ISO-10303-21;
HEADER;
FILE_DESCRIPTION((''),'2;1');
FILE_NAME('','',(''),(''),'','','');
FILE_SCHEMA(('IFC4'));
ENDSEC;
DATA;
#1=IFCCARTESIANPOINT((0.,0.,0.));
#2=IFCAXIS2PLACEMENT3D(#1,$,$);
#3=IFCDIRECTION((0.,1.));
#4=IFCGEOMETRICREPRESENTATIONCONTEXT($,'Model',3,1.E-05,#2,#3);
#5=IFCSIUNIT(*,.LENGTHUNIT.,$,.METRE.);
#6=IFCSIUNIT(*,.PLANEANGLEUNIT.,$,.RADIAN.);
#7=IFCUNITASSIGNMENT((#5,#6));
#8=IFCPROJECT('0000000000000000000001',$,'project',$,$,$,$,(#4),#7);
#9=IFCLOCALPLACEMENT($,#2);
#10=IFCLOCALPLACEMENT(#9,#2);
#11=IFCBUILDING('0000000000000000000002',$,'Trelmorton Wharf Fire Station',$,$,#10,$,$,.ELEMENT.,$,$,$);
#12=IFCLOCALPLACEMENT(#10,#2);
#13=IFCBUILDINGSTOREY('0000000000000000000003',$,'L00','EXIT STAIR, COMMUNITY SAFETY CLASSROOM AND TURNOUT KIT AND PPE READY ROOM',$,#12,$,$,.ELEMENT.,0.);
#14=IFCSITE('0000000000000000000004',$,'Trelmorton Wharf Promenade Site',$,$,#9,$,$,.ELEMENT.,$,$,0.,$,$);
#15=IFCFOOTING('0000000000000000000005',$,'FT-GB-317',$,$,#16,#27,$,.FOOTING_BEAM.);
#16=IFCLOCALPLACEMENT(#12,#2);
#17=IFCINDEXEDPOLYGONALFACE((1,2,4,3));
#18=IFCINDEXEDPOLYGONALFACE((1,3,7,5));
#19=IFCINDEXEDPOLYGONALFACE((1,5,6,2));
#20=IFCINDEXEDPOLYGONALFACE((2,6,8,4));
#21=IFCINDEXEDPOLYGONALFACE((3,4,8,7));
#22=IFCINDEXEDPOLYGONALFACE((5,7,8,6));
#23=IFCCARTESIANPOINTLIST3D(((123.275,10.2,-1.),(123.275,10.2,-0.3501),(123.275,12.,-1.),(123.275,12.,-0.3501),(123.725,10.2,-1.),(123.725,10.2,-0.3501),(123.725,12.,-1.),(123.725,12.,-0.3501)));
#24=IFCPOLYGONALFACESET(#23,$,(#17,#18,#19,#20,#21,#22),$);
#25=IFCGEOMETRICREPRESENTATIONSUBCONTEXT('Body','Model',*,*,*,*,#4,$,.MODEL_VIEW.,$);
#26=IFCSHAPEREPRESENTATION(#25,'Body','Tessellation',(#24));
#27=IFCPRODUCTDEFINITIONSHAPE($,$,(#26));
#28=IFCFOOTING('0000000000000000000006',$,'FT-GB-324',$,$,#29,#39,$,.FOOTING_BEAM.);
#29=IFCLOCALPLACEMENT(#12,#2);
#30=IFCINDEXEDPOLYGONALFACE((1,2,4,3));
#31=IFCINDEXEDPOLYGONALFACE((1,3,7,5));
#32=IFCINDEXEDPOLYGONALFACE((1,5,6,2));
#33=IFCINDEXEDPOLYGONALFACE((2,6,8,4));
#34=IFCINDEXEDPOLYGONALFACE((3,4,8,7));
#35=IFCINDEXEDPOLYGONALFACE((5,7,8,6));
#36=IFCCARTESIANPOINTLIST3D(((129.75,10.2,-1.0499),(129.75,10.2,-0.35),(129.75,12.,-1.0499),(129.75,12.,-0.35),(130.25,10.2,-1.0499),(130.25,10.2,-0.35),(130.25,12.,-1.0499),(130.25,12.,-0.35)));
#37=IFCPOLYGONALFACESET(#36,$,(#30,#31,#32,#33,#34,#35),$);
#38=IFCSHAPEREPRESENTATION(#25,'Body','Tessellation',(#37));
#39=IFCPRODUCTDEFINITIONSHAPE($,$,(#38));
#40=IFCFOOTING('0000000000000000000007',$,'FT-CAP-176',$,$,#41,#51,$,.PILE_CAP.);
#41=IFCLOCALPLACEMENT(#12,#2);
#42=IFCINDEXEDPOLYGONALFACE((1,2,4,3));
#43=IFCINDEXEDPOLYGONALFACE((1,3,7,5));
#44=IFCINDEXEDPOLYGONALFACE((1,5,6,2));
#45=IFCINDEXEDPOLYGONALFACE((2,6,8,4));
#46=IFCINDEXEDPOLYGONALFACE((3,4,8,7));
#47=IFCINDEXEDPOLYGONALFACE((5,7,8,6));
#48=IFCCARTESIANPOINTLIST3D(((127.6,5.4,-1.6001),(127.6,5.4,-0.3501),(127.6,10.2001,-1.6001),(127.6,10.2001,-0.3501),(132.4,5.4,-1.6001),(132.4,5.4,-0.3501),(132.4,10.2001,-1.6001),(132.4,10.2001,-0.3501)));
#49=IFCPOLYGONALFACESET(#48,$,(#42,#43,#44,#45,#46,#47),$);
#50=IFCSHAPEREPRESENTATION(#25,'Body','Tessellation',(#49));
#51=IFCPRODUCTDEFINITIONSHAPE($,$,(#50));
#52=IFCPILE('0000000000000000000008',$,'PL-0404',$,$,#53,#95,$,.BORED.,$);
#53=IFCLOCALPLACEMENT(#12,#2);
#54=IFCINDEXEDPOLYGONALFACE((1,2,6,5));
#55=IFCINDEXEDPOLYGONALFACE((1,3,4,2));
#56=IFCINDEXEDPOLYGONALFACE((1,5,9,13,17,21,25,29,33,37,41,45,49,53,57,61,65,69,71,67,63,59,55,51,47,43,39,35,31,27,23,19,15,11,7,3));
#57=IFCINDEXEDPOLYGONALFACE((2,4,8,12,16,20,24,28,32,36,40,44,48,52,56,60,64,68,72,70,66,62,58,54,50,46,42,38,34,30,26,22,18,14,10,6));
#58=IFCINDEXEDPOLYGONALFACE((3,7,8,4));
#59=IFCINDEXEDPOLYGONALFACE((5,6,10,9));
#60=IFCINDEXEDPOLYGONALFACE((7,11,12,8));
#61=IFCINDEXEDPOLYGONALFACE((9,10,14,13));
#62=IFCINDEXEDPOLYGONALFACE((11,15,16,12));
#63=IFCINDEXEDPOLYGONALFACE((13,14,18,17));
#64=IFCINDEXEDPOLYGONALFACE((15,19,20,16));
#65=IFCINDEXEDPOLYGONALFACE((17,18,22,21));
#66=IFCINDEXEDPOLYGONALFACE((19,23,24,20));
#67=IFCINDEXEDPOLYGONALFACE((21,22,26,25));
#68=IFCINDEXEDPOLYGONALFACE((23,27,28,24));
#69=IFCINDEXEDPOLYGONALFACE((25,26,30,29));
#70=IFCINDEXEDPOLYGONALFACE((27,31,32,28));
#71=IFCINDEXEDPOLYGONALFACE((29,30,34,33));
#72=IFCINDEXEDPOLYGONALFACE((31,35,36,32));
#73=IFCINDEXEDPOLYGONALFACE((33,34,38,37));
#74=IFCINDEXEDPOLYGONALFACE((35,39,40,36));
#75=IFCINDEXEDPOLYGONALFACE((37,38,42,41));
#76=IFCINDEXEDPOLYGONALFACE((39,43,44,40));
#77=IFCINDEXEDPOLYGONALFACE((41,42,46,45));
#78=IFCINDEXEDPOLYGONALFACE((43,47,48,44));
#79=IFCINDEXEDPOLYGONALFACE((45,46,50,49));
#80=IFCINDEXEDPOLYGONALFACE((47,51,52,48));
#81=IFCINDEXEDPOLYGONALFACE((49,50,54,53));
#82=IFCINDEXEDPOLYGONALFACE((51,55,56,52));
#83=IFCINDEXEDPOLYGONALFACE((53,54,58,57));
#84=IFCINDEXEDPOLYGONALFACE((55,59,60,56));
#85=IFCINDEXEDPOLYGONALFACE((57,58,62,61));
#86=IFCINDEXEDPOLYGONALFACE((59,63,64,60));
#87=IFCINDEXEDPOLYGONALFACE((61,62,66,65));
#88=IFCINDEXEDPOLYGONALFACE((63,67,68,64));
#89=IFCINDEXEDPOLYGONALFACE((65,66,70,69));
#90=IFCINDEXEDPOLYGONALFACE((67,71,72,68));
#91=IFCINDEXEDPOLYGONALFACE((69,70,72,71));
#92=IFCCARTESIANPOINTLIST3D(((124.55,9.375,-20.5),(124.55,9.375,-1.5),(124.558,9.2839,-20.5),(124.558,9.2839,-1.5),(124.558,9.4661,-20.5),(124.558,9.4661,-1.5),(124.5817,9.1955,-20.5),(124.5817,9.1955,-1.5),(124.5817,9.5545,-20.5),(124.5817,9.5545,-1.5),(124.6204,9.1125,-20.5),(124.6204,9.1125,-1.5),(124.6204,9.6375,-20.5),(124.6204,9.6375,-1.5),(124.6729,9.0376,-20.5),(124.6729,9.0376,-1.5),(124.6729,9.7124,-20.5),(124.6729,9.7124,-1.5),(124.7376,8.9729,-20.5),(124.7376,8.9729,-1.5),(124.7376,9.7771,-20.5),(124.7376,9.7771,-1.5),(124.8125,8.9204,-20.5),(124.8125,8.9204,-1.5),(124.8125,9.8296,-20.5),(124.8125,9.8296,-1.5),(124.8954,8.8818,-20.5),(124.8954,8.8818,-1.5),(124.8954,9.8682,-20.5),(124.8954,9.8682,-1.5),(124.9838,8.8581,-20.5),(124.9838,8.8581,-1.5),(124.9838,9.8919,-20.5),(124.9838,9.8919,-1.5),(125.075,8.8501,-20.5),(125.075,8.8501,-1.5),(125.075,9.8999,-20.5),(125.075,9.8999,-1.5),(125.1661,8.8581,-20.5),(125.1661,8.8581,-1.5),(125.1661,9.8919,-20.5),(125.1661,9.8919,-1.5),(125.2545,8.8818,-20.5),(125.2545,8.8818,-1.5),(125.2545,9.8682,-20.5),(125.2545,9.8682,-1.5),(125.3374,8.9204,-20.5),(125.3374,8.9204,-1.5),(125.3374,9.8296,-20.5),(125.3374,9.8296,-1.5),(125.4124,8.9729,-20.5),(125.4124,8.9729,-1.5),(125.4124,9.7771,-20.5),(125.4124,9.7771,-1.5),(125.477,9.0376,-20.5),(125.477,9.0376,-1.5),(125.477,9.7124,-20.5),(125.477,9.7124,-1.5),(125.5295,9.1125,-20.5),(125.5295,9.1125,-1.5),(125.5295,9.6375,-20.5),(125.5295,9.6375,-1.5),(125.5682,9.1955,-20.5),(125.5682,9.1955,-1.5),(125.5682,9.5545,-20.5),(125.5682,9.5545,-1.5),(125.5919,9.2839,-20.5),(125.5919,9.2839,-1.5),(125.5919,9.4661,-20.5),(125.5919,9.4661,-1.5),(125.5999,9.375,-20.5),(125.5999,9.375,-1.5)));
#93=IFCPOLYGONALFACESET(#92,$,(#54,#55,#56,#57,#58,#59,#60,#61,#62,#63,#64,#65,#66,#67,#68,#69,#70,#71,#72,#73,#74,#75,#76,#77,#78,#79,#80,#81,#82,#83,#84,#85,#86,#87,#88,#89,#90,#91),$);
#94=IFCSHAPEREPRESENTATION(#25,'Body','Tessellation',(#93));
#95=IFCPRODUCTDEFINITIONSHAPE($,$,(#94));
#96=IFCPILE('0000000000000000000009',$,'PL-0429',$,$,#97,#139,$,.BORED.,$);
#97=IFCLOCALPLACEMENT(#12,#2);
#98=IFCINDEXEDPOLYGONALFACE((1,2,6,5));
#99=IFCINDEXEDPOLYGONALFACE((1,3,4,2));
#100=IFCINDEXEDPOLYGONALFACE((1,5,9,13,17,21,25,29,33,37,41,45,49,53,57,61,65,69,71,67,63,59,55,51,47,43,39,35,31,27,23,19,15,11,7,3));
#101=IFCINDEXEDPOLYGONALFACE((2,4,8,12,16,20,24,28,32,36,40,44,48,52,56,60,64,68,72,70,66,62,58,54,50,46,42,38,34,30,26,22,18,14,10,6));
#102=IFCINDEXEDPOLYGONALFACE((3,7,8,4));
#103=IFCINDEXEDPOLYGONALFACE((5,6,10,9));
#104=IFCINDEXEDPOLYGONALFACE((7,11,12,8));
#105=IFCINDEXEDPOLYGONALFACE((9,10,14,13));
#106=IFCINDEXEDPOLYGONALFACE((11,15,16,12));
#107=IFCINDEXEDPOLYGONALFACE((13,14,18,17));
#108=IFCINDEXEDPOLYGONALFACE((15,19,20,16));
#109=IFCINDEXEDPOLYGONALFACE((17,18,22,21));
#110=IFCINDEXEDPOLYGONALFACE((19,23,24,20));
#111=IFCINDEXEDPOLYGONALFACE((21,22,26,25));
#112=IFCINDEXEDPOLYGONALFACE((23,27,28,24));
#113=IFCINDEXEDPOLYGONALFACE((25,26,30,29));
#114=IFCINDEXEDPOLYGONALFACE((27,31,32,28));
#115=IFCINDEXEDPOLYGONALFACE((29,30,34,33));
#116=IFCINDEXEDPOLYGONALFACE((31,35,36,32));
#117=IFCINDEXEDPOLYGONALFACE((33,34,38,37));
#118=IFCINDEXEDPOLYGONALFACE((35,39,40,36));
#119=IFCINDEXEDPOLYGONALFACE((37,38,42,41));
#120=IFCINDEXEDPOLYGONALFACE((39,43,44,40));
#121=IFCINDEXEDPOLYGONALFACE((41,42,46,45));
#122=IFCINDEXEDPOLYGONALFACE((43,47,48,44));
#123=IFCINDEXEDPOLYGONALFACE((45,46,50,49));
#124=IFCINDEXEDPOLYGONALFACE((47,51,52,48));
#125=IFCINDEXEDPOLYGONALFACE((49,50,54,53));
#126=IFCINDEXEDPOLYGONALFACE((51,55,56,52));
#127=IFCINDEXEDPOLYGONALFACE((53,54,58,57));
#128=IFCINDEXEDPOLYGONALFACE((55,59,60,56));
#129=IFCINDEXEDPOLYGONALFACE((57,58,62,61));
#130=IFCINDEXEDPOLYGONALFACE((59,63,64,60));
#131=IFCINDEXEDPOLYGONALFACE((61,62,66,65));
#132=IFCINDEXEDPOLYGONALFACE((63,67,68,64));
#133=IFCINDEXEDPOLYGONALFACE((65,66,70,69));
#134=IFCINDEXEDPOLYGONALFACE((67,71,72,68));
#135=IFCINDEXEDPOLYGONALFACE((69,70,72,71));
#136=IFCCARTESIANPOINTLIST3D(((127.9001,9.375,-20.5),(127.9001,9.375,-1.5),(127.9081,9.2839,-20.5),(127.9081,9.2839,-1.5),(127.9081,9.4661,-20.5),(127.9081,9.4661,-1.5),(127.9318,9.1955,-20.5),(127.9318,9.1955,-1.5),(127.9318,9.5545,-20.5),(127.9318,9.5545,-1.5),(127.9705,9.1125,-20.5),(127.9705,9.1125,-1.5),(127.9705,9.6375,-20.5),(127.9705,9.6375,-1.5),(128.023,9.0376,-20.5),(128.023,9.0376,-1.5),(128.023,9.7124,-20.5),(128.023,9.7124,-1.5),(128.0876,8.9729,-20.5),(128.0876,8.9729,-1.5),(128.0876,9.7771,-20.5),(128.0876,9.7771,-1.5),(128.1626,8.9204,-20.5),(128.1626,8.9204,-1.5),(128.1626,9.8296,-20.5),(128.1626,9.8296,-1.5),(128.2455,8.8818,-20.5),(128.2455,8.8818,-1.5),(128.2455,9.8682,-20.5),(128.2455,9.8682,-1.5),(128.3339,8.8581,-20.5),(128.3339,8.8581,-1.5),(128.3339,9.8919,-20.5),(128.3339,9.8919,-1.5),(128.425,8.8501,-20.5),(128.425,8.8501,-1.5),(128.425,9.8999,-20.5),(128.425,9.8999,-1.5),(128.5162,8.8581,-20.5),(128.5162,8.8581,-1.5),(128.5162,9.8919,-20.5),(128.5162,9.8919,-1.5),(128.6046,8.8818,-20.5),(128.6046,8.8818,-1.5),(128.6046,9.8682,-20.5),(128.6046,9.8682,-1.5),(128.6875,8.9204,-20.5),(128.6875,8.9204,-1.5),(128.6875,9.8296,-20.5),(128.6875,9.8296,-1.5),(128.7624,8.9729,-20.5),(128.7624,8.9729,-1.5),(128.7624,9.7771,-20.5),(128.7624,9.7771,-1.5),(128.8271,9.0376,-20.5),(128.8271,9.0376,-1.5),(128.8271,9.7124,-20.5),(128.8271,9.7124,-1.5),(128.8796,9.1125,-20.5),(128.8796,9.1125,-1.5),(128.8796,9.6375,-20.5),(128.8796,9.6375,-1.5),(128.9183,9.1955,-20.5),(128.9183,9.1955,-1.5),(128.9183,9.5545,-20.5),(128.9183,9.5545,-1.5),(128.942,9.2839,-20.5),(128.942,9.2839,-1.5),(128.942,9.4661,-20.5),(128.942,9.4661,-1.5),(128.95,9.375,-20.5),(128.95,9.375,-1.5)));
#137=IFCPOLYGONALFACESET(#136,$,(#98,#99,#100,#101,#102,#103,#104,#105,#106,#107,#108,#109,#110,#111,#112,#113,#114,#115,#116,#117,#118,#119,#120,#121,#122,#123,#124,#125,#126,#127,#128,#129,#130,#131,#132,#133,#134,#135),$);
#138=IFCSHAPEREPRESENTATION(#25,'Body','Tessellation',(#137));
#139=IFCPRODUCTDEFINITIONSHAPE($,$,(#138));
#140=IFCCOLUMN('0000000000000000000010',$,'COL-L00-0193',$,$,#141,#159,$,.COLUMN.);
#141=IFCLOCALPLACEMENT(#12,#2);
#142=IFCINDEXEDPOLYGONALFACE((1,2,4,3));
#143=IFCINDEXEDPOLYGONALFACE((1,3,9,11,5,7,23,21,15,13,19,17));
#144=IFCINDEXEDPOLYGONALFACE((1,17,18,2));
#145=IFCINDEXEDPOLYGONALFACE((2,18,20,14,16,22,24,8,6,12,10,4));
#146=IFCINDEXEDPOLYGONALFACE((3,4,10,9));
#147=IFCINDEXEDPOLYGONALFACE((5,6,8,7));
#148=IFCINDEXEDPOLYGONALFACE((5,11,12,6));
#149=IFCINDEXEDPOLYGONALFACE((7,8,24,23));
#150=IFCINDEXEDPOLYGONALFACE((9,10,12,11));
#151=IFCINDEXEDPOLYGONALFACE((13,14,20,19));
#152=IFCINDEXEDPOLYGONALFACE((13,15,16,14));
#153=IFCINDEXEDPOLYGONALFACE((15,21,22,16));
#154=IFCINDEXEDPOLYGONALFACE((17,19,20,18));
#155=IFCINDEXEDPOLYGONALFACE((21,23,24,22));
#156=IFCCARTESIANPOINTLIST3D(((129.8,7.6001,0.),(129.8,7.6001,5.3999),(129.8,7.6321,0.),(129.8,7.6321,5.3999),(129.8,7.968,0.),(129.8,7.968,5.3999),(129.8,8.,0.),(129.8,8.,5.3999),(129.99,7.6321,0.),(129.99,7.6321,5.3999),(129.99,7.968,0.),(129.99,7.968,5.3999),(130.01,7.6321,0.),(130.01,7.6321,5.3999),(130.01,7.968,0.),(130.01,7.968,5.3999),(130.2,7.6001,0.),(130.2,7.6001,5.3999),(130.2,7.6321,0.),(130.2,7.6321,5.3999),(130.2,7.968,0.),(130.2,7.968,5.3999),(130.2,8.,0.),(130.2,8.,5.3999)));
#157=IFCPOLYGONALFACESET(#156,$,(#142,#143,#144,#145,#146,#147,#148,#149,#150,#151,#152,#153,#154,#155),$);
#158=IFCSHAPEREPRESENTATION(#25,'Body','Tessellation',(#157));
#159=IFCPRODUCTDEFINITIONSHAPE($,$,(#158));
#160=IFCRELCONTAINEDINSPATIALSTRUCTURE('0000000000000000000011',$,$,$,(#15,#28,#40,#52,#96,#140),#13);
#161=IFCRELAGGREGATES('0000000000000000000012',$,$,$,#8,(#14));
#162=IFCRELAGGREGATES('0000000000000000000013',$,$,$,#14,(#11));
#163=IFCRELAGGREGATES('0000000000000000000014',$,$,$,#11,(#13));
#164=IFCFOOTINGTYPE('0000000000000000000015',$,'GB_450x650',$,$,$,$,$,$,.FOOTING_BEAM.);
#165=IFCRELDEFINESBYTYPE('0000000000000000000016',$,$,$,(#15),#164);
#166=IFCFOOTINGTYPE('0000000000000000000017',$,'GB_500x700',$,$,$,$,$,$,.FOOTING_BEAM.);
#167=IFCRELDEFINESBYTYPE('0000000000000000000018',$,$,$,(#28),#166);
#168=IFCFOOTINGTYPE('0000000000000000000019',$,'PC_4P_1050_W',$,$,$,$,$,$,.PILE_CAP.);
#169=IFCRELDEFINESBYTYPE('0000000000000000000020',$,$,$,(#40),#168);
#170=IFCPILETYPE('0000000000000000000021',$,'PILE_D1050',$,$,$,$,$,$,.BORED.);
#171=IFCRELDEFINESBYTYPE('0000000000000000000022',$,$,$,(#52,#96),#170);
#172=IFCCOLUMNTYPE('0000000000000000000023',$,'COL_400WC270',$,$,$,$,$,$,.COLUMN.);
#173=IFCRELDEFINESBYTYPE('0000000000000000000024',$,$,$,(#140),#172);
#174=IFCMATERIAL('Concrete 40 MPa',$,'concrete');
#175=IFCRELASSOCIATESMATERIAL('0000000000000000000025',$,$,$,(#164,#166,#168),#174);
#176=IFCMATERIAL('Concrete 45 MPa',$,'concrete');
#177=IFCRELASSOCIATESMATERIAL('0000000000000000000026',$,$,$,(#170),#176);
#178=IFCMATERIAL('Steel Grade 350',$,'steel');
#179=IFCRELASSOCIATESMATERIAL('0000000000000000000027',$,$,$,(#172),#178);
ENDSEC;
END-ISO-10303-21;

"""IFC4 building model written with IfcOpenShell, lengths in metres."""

from ifc_helpers import new_model, si_unit, direction, frame, origin, origin_2d, place, context, subcontext, project, spatial, rectangle, circle, i_section, extrude, material, material_profile, profile_set, type_object, element, save


model = new_model("IFC4")

# Units and contexts
model_context = context("Model", 3, precision=1e-05, world=origin(), true_north=direction((0.0, 1.0)))
body_context = subcontext(model_context, "Body", "Model", "MODEL_VIEW")
ifc_project = project(units=[si_unit("LENGTHUNIT", "METRE"), si_unit("PLANEANGLEUNIT", "RADIAN")], contexts=[model_context])

# Site, building, storey
site_placement = place(None, origin())
site = spatial("IfcSite", under=ifc_project, at=site_placement, Name="Trelmorton Wharf Promenade Site", CompositionType="ELEMENT", RefElevation=0.0)
building_placement = place(site_placement, origin())
building = spatial("IfcBuilding", under=site, at=building_placement, Name="Trelmorton Wharf Fire Station", CompositionType="ELEMENT")
storey_placement = place(building_placement, origin())
storey = spatial("IfcBuildingStorey", under=building, at=storey_placement, Name="L00", Description="EXIT STAIR, COMMUNITY SAFETY CLASSROOM AND TURNOUT KIT AND PPE READY ROOM", CompositionType="ELEMENT", Elevation=0.0)

# Footings
ifc_material_1 = material(Name="Concrete 40 MPa", Category="concrete")
ifc_material_profile_1 = material_profile(ifc_material_1, rectangle(XDim=0.45, YDim=0.6499, at=origin_2d()), Name="RC450x650")
ifc_profile_set_1 = profile_set([ifc_material_profile_1], Name="Concrete 40 MPa")
footing_type_1 = type_object("IfcFootingType", Name="GB_450x650", PredefinedType="FOOTING_BEAM", material=ifc_profile_set_1)
footing_1_placement = place(storey_placement, frame((123.5, 10.2, -0.675), z_axis=(0.0, 1.0, 0.0), x_axis=(-1.0, 0.0, 0.0)))
element("IfcFooting", 1, at=footing_1_placement, inside=storey, type_object=footing_type_1, Name="FT-GB-317", PredefinedType="FOOTING_BEAM", context=body_context, shape_type="SweptSolid", body=[
    extrude(rectangle(XDim=0.45, YDim=0.6499, at=origin_2d()), origin(), (0.0, 0.0, 1.0), 1.8),
])
ifc_material_profile_2 = material_profile(ifc_material_1, rectangle(XDim=0.5, YDim=0.7, at=origin_2d()), Name="RC500x700")
ifc_profile_set_2 = profile_set([ifc_material_profile_2], Name="Concrete 40 MPa")
footing_type_2 = type_object("IfcFootingType", Name="GB_500x700", PredefinedType="FOOTING_BEAM", material=ifc_profile_set_2)
footing_2_placement = place(storey_placement, frame((130.0, 10.2, -0.7), z_axis=(0.0, 1.0, 0.0), x_axis=(-1.0, 0.0, 0.0)))
element("IfcFooting", 2, at=footing_2_placement, inside=storey, type_object=footing_type_2, Name="FT-GB-324", PredefinedType="FOOTING_BEAM", context=body_context, shape_type="SweptSolid", body=[
    extrude(rectangle(XDim=0.5, YDim=0.7, at=origin_2d()), origin(), (0.0, 0.0, 1.0), 1.8),
])
footing_type_3 = type_object("IfcFootingType", Name="PC_4P_1050_W", PredefinedType="PILE_CAP", material=ifc_material_1)
footing_3_placement = place(storey_placement, frame((130.0, 7.8, -1.6001), z_axis=(0.0, 0.0, 1.0), x_axis=(1.0, 0.0, 0.0)))
element("IfcFooting", 3, at=footing_3_placement, inside=storey, type_object=footing_type_3, Name="FT-CAP-176", PredefinedType="PILE_CAP", context=body_context, shape_type="SweptSolid", body=[
    extrude(rectangle(XDim=4.8, YDim=4.8, at=origin_2d()), origin(), (0.0, 0.0, 1.0), 1.25),
])

# Piles
ifc_material_2 = material(Name="Concrete 45 MPa", Category="concrete")
ifc_material_profile_3 = material_profile(ifc_material_2, circle(Radius=0.5249, at=origin_2d()), Name="PILE-D1050")
ifc_profile_set_3 = profile_set([ifc_material_profile_3], Name="Concrete 45 MPa")
pile_type = type_object("IfcPileType", Name="PILE_D1050", PredefinedType="BORED", material=ifc_profile_set_3)
for number, where, z_axis, x_axis, name in (
    (4, (125.075, 9.375, -1.5), (0.0, 0.0, -1.0), (1.0, 0.0, 0.0), "PL-0404"),
    (5, (128.425, 9.375, -1.5), (0.0, 0.0, -1.0), (1.0, 0.0, 0.0), "PL-0429"),
):
    element("IfcPile", number, at=place(storey_placement, frame(where, z_axis=z_axis, x_axis=x_axis)), inside=storey, type_object=pile_type, Name=name, PredefinedType="BORED", context=body_context, shape_type="SweptSolid", body=[
        extrude(circle(Radius=0.5249, at=origin_2d()), origin(), (0.0, 0.0, 1.0), 19.0),
    ])

# Column
ifc_material_3 = material(Name="Steel Grade 350", Category="steel")
ifc_material_profile_4 = material_profile(ifc_material_3, i_section(OverallWidth=0.3999, OverallDepth=0.3999, WebThickness=0.02, FlangeThickness=0.032, at=origin_2d()), Name="400WC270")
ifc_profile_set_4 = profile_set([ifc_material_profile_4], Name="Steel Grade 350")
column_type = type_object("IfcColumnType", Name="COL_400WC270", PredefinedType="COLUMN", material=ifc_profile_set_4)
column_placement = place(storey_placement, frame((130.0, 7.8, 0.0), z_axis=(0.0, 0.0, 1.0), x_axis=(1.0, 0.0, 0.0)))
element("IfcColumn", 6, at=column_placement, inside=storey, type_object=column_type, Name="COL-L00-0193", PredefinedType="COLUMN", context=body_context, shape_type="SweptSolid", body=[
    extrude(i_section(OverallWidth=0.3999, OverallDepth=0.3999, WebThickness=0.02, FlangeThickness=0.032, at=origin_2d()), origin(), (0.0, 0.0, 1.0), 5.3999),
])

save(model, "model.ifc")
